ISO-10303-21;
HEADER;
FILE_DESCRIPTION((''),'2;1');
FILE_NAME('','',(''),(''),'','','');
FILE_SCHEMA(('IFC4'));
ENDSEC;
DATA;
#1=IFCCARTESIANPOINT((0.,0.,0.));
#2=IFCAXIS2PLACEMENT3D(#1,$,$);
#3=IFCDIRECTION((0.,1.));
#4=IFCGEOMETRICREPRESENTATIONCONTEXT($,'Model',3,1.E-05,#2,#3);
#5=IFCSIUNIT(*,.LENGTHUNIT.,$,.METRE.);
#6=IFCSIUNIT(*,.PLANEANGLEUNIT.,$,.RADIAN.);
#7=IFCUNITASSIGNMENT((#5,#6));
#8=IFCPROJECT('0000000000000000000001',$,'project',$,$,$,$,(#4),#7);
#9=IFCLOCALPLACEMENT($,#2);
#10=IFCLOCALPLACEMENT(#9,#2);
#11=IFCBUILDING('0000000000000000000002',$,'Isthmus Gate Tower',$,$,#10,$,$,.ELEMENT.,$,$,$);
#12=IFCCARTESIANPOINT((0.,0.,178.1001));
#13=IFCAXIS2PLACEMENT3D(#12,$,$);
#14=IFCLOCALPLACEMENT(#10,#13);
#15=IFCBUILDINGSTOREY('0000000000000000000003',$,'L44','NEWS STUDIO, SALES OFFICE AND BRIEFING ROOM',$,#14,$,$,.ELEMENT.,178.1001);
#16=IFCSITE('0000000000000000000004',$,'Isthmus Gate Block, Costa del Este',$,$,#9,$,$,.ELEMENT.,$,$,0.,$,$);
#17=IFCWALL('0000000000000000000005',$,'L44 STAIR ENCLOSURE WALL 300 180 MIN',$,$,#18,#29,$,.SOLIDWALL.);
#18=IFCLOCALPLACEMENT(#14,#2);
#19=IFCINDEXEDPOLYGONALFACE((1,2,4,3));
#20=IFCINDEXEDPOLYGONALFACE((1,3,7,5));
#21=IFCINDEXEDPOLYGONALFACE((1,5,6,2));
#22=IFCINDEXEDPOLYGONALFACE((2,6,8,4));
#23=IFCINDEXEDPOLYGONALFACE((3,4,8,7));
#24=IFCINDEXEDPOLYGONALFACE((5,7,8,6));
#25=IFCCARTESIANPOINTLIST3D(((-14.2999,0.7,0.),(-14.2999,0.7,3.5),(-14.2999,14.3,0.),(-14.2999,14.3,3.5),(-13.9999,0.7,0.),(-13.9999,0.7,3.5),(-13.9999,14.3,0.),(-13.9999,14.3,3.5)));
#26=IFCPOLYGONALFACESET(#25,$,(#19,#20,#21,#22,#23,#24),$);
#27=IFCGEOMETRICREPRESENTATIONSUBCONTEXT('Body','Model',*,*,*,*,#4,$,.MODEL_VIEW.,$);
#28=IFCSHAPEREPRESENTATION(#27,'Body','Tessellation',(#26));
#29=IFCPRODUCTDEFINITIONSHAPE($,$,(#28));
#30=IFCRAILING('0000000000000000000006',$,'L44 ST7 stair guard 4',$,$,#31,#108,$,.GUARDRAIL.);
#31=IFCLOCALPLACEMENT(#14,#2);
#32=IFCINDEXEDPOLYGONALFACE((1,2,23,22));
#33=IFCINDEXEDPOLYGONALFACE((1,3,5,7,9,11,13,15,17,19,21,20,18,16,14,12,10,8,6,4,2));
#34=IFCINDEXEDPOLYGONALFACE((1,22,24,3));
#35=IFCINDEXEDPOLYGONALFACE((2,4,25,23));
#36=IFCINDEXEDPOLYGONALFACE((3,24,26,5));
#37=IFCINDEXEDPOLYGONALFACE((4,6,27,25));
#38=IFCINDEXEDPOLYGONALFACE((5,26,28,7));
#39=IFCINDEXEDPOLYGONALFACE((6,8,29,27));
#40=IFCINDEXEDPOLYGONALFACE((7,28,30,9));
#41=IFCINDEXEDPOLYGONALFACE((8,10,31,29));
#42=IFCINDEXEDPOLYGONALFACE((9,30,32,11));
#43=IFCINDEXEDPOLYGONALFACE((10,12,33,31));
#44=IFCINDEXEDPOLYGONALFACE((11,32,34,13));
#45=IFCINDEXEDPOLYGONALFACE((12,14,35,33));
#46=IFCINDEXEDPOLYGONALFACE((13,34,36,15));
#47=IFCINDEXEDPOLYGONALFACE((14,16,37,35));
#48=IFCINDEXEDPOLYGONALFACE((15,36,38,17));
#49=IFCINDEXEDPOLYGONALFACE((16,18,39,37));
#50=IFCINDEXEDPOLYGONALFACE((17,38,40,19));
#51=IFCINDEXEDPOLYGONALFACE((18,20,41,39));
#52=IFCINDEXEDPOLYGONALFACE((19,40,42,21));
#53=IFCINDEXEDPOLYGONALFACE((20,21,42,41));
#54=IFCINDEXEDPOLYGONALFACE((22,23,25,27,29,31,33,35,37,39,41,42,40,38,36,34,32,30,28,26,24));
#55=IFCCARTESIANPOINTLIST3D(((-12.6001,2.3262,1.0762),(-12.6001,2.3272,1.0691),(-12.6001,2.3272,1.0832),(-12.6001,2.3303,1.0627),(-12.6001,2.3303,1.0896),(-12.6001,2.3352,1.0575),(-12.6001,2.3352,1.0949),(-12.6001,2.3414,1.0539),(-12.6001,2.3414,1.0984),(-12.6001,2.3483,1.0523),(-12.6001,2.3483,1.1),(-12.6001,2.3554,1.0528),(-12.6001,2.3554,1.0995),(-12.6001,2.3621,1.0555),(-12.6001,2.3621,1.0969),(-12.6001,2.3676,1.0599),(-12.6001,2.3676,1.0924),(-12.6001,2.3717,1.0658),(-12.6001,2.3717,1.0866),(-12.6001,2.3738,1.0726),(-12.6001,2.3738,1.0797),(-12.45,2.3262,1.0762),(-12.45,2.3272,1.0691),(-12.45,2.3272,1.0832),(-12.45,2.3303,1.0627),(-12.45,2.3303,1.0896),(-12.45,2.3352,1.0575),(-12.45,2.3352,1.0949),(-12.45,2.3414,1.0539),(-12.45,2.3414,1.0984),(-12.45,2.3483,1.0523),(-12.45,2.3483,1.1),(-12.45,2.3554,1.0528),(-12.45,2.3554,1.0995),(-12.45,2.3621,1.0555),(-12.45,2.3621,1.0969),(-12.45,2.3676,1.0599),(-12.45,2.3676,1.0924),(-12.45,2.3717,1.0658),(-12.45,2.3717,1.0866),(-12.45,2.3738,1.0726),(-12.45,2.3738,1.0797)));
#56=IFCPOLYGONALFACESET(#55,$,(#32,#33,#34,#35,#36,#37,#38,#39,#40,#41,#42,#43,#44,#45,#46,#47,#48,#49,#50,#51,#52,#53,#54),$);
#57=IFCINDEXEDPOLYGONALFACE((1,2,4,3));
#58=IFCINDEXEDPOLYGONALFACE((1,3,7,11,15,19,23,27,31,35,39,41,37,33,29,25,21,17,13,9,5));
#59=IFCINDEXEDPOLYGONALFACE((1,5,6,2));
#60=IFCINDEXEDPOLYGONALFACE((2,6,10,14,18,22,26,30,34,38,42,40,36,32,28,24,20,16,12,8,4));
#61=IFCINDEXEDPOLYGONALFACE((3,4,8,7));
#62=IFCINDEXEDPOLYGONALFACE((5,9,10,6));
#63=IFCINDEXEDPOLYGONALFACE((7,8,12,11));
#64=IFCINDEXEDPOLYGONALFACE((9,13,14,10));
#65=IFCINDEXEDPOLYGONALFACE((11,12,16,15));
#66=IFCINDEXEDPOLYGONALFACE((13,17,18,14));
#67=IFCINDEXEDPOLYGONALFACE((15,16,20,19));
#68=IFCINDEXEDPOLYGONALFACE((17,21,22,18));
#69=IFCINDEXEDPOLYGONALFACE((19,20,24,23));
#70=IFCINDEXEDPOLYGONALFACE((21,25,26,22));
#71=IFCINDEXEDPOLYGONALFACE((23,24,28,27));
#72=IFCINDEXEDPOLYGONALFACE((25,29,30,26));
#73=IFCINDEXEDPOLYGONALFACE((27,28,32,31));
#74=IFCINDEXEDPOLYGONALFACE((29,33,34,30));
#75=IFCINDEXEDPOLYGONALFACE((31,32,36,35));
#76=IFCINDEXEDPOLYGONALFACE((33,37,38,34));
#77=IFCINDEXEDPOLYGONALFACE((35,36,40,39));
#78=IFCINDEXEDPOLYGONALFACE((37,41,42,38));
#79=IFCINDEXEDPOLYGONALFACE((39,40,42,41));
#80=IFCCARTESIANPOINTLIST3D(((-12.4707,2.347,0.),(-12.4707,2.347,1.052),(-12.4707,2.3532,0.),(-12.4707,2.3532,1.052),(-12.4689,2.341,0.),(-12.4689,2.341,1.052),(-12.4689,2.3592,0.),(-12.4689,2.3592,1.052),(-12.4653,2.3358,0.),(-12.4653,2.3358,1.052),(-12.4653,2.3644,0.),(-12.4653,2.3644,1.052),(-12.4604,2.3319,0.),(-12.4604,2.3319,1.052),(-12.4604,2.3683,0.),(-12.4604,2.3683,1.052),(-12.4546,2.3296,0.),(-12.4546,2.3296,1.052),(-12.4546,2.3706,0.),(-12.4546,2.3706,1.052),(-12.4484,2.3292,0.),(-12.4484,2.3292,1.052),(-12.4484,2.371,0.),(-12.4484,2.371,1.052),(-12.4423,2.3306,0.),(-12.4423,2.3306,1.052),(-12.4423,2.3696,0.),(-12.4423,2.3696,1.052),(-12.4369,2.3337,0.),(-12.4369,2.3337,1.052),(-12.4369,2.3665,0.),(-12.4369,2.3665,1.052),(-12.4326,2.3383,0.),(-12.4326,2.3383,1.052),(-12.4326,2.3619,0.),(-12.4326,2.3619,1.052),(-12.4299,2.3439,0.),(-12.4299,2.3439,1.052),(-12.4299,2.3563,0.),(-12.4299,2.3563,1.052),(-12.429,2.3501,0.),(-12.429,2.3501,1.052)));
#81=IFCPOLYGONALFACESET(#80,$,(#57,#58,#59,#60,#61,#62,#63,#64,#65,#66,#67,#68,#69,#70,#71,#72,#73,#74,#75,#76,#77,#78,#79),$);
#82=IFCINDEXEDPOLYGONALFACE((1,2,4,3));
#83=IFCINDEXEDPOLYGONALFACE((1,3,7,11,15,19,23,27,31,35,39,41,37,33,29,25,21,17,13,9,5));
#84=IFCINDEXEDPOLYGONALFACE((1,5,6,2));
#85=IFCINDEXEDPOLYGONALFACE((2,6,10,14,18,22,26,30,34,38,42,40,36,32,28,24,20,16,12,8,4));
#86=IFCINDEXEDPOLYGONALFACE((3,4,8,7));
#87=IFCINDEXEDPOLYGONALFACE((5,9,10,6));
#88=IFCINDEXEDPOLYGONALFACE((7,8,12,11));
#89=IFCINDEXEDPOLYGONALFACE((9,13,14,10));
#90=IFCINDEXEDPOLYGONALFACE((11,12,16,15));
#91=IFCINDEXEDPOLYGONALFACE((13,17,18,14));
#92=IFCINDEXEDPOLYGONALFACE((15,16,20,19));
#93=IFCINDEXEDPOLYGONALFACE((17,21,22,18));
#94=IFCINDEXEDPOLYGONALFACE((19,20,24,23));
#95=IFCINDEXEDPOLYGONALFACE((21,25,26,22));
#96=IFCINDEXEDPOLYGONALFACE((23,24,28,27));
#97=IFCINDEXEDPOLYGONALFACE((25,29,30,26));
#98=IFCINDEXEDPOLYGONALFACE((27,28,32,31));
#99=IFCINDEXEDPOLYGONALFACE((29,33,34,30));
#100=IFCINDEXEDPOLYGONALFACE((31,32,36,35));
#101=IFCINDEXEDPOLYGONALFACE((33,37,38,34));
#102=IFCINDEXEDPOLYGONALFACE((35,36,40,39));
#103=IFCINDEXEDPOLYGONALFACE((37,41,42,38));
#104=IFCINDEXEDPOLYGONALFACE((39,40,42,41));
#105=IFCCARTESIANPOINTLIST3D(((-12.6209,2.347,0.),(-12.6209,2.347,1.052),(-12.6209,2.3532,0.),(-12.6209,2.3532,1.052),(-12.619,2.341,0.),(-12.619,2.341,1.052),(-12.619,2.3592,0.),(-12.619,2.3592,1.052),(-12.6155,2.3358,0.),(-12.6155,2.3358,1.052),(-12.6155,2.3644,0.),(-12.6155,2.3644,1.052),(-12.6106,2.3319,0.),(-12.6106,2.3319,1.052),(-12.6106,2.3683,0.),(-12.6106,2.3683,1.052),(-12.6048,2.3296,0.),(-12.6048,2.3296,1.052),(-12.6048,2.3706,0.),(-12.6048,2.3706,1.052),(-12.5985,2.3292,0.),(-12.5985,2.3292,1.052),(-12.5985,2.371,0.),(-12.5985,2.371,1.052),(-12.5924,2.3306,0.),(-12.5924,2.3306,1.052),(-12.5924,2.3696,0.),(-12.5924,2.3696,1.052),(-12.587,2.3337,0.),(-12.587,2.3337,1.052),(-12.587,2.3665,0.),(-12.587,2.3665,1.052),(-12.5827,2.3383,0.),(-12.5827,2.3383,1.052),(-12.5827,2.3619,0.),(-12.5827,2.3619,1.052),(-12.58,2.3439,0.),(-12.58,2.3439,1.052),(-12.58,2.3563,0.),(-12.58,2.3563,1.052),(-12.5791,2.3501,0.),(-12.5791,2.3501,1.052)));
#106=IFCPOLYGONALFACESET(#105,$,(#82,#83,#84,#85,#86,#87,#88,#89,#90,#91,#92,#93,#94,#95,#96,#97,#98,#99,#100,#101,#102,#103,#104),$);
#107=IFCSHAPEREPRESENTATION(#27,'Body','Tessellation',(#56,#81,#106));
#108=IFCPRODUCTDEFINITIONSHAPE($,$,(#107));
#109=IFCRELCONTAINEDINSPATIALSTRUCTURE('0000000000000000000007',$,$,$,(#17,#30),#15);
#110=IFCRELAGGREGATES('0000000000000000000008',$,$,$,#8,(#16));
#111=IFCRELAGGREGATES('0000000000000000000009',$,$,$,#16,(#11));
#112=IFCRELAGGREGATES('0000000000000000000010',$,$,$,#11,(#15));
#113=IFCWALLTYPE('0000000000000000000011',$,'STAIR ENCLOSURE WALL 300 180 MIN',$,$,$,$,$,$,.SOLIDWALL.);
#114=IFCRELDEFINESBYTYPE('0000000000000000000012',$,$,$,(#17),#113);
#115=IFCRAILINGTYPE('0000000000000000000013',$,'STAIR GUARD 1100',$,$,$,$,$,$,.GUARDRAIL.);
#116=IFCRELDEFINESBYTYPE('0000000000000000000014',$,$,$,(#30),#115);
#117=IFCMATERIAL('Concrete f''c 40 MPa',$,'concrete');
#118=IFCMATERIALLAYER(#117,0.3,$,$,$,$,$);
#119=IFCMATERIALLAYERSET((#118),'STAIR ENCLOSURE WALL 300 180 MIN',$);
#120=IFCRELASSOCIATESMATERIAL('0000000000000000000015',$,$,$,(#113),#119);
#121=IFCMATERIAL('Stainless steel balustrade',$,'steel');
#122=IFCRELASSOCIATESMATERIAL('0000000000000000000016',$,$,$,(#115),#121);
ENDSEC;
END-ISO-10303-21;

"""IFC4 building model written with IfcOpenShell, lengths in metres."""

from ifc_helpers import new_model, si_unit, direction, frame, frame_2d, origin, origin_2d, place, context, subcontext, project, spatial, rectangle, circle, extrude, material, layer, layer_set, type_object, element, save


model = new_model("IFC4")

# Units and contexts
model_context = context("Model", 3, precision=1e-05, world=origin(), true_north=direction((0.0, 1.0)))
body_context = subcontext(model_context, "Body", "Model", "MODEL_VIEW")
ifc_project = project(units=[si_unit("LENGTHUNIT", "METRE"), si_unit("PLANEANGLEUNIT", "RADIAN")], contexts=[model_context])

# Site, building, storey
site_placement = place(None, origin())
site = spatial("IfcSite", under=ifc_project, at=site_placement, Name="Isthmus Gate Block, Costa del Este", CompositionType="ELEMENT", RefElevation=0.0)
building_placement = place(site_placement, origin())
building = spatial("IfcBuilding", under=site, at=building_placement, Name="Isthmus Gate Tower", CompositionType="ELEMENT")
storey_placement = place(building_placement, frame((0.0, 0.0, 178.1001)))
storey = spatial("IfcBuildingStorey", under=building, at=storey_placement, Name="L44", Description="NEWS STUDIO, SALES OFFICE AND BRIEFING ROOM", CompositionType="ELEMENT", Elevation=178.1001)

# Wall
ifc_material_1 = material(Name="Concrete f'c 40 MPa", Category="concrete")
ifc_layer_1 = layer(ifc_material_1, 0.3)
ifc_layer_set_1 = layer_set([ifc_layer_1], Name="STAIR ENCLOSURE WALL 300 180 MIN")
wall_type_1 = type_object("IfcWallType", Name="STAIR ENCLOSURE WALL 300 180 MIN", PredefinedType="SOLIDWALL", material=ifc_layer_set_1)
wall_1_placement = place(storey_placement, frame((-14.1499, 0.7, 0.0), z_axis=(0.0, 0.0, 1.0), x_axis=(0.0, 1.0, 0.0)))
element("IfcWall", 1, at=wall_1_placement, inside=storey, type_object=wall_type_1, Name="L44 STAIR ENCLOSURE WALL 300 180 MIN", PredefinedType="SOLIDWALL", context=body_context, shape_type="SweptSolid", body=[
    extrude(rectangle(XDim=13.6001, YDim=0.3, at=frame_2d((6.8, 0.0))), origin(), (0.0, 0.0, 1.0), 3.5),
])

# Railing
ifc_material_2 = material(Name="Stainless steel balustrade", Category="steel")
railing_type_1 = type_object("IfcRailingType", Name="STAIR GUARD 1100", PredefinedType="GUARDRAIL", material=ifc_material_2)
railing_1_placement = place(storey_placement, frame((-12.45, 2.3501, 0.0)))
element("IfcRailing", 2, at=railing_1_placement, inside=storey, type_object=railing_type_1, Name="L44 ST7 stair guard 4", PredefinedType="GUARDRAIL", context=body_context, shape_type="SweptSolid", body=[
    extrude(circle(Radius=0.0239, at=origin_2d()), frame((0.0, 0.0, 1.0762), z_axis=(-1.0, 0.0, 0.0), x_axis=(0.0, -1.0, 0.0)), (0.0, 0.0, 1.0), 0.1501),
    extrude(circle(Radius=0.021, at=origin_2d()), origin(), (0.0, 0.0, 1.0), 1.052),
    extrude(circle(Radius=0.021, at=origin_2d()), frame((-0.1501, 0.0, 0.0)), (0.0, 0.0, 1.0), 1.052),
])

save(model, "model.ifc")
